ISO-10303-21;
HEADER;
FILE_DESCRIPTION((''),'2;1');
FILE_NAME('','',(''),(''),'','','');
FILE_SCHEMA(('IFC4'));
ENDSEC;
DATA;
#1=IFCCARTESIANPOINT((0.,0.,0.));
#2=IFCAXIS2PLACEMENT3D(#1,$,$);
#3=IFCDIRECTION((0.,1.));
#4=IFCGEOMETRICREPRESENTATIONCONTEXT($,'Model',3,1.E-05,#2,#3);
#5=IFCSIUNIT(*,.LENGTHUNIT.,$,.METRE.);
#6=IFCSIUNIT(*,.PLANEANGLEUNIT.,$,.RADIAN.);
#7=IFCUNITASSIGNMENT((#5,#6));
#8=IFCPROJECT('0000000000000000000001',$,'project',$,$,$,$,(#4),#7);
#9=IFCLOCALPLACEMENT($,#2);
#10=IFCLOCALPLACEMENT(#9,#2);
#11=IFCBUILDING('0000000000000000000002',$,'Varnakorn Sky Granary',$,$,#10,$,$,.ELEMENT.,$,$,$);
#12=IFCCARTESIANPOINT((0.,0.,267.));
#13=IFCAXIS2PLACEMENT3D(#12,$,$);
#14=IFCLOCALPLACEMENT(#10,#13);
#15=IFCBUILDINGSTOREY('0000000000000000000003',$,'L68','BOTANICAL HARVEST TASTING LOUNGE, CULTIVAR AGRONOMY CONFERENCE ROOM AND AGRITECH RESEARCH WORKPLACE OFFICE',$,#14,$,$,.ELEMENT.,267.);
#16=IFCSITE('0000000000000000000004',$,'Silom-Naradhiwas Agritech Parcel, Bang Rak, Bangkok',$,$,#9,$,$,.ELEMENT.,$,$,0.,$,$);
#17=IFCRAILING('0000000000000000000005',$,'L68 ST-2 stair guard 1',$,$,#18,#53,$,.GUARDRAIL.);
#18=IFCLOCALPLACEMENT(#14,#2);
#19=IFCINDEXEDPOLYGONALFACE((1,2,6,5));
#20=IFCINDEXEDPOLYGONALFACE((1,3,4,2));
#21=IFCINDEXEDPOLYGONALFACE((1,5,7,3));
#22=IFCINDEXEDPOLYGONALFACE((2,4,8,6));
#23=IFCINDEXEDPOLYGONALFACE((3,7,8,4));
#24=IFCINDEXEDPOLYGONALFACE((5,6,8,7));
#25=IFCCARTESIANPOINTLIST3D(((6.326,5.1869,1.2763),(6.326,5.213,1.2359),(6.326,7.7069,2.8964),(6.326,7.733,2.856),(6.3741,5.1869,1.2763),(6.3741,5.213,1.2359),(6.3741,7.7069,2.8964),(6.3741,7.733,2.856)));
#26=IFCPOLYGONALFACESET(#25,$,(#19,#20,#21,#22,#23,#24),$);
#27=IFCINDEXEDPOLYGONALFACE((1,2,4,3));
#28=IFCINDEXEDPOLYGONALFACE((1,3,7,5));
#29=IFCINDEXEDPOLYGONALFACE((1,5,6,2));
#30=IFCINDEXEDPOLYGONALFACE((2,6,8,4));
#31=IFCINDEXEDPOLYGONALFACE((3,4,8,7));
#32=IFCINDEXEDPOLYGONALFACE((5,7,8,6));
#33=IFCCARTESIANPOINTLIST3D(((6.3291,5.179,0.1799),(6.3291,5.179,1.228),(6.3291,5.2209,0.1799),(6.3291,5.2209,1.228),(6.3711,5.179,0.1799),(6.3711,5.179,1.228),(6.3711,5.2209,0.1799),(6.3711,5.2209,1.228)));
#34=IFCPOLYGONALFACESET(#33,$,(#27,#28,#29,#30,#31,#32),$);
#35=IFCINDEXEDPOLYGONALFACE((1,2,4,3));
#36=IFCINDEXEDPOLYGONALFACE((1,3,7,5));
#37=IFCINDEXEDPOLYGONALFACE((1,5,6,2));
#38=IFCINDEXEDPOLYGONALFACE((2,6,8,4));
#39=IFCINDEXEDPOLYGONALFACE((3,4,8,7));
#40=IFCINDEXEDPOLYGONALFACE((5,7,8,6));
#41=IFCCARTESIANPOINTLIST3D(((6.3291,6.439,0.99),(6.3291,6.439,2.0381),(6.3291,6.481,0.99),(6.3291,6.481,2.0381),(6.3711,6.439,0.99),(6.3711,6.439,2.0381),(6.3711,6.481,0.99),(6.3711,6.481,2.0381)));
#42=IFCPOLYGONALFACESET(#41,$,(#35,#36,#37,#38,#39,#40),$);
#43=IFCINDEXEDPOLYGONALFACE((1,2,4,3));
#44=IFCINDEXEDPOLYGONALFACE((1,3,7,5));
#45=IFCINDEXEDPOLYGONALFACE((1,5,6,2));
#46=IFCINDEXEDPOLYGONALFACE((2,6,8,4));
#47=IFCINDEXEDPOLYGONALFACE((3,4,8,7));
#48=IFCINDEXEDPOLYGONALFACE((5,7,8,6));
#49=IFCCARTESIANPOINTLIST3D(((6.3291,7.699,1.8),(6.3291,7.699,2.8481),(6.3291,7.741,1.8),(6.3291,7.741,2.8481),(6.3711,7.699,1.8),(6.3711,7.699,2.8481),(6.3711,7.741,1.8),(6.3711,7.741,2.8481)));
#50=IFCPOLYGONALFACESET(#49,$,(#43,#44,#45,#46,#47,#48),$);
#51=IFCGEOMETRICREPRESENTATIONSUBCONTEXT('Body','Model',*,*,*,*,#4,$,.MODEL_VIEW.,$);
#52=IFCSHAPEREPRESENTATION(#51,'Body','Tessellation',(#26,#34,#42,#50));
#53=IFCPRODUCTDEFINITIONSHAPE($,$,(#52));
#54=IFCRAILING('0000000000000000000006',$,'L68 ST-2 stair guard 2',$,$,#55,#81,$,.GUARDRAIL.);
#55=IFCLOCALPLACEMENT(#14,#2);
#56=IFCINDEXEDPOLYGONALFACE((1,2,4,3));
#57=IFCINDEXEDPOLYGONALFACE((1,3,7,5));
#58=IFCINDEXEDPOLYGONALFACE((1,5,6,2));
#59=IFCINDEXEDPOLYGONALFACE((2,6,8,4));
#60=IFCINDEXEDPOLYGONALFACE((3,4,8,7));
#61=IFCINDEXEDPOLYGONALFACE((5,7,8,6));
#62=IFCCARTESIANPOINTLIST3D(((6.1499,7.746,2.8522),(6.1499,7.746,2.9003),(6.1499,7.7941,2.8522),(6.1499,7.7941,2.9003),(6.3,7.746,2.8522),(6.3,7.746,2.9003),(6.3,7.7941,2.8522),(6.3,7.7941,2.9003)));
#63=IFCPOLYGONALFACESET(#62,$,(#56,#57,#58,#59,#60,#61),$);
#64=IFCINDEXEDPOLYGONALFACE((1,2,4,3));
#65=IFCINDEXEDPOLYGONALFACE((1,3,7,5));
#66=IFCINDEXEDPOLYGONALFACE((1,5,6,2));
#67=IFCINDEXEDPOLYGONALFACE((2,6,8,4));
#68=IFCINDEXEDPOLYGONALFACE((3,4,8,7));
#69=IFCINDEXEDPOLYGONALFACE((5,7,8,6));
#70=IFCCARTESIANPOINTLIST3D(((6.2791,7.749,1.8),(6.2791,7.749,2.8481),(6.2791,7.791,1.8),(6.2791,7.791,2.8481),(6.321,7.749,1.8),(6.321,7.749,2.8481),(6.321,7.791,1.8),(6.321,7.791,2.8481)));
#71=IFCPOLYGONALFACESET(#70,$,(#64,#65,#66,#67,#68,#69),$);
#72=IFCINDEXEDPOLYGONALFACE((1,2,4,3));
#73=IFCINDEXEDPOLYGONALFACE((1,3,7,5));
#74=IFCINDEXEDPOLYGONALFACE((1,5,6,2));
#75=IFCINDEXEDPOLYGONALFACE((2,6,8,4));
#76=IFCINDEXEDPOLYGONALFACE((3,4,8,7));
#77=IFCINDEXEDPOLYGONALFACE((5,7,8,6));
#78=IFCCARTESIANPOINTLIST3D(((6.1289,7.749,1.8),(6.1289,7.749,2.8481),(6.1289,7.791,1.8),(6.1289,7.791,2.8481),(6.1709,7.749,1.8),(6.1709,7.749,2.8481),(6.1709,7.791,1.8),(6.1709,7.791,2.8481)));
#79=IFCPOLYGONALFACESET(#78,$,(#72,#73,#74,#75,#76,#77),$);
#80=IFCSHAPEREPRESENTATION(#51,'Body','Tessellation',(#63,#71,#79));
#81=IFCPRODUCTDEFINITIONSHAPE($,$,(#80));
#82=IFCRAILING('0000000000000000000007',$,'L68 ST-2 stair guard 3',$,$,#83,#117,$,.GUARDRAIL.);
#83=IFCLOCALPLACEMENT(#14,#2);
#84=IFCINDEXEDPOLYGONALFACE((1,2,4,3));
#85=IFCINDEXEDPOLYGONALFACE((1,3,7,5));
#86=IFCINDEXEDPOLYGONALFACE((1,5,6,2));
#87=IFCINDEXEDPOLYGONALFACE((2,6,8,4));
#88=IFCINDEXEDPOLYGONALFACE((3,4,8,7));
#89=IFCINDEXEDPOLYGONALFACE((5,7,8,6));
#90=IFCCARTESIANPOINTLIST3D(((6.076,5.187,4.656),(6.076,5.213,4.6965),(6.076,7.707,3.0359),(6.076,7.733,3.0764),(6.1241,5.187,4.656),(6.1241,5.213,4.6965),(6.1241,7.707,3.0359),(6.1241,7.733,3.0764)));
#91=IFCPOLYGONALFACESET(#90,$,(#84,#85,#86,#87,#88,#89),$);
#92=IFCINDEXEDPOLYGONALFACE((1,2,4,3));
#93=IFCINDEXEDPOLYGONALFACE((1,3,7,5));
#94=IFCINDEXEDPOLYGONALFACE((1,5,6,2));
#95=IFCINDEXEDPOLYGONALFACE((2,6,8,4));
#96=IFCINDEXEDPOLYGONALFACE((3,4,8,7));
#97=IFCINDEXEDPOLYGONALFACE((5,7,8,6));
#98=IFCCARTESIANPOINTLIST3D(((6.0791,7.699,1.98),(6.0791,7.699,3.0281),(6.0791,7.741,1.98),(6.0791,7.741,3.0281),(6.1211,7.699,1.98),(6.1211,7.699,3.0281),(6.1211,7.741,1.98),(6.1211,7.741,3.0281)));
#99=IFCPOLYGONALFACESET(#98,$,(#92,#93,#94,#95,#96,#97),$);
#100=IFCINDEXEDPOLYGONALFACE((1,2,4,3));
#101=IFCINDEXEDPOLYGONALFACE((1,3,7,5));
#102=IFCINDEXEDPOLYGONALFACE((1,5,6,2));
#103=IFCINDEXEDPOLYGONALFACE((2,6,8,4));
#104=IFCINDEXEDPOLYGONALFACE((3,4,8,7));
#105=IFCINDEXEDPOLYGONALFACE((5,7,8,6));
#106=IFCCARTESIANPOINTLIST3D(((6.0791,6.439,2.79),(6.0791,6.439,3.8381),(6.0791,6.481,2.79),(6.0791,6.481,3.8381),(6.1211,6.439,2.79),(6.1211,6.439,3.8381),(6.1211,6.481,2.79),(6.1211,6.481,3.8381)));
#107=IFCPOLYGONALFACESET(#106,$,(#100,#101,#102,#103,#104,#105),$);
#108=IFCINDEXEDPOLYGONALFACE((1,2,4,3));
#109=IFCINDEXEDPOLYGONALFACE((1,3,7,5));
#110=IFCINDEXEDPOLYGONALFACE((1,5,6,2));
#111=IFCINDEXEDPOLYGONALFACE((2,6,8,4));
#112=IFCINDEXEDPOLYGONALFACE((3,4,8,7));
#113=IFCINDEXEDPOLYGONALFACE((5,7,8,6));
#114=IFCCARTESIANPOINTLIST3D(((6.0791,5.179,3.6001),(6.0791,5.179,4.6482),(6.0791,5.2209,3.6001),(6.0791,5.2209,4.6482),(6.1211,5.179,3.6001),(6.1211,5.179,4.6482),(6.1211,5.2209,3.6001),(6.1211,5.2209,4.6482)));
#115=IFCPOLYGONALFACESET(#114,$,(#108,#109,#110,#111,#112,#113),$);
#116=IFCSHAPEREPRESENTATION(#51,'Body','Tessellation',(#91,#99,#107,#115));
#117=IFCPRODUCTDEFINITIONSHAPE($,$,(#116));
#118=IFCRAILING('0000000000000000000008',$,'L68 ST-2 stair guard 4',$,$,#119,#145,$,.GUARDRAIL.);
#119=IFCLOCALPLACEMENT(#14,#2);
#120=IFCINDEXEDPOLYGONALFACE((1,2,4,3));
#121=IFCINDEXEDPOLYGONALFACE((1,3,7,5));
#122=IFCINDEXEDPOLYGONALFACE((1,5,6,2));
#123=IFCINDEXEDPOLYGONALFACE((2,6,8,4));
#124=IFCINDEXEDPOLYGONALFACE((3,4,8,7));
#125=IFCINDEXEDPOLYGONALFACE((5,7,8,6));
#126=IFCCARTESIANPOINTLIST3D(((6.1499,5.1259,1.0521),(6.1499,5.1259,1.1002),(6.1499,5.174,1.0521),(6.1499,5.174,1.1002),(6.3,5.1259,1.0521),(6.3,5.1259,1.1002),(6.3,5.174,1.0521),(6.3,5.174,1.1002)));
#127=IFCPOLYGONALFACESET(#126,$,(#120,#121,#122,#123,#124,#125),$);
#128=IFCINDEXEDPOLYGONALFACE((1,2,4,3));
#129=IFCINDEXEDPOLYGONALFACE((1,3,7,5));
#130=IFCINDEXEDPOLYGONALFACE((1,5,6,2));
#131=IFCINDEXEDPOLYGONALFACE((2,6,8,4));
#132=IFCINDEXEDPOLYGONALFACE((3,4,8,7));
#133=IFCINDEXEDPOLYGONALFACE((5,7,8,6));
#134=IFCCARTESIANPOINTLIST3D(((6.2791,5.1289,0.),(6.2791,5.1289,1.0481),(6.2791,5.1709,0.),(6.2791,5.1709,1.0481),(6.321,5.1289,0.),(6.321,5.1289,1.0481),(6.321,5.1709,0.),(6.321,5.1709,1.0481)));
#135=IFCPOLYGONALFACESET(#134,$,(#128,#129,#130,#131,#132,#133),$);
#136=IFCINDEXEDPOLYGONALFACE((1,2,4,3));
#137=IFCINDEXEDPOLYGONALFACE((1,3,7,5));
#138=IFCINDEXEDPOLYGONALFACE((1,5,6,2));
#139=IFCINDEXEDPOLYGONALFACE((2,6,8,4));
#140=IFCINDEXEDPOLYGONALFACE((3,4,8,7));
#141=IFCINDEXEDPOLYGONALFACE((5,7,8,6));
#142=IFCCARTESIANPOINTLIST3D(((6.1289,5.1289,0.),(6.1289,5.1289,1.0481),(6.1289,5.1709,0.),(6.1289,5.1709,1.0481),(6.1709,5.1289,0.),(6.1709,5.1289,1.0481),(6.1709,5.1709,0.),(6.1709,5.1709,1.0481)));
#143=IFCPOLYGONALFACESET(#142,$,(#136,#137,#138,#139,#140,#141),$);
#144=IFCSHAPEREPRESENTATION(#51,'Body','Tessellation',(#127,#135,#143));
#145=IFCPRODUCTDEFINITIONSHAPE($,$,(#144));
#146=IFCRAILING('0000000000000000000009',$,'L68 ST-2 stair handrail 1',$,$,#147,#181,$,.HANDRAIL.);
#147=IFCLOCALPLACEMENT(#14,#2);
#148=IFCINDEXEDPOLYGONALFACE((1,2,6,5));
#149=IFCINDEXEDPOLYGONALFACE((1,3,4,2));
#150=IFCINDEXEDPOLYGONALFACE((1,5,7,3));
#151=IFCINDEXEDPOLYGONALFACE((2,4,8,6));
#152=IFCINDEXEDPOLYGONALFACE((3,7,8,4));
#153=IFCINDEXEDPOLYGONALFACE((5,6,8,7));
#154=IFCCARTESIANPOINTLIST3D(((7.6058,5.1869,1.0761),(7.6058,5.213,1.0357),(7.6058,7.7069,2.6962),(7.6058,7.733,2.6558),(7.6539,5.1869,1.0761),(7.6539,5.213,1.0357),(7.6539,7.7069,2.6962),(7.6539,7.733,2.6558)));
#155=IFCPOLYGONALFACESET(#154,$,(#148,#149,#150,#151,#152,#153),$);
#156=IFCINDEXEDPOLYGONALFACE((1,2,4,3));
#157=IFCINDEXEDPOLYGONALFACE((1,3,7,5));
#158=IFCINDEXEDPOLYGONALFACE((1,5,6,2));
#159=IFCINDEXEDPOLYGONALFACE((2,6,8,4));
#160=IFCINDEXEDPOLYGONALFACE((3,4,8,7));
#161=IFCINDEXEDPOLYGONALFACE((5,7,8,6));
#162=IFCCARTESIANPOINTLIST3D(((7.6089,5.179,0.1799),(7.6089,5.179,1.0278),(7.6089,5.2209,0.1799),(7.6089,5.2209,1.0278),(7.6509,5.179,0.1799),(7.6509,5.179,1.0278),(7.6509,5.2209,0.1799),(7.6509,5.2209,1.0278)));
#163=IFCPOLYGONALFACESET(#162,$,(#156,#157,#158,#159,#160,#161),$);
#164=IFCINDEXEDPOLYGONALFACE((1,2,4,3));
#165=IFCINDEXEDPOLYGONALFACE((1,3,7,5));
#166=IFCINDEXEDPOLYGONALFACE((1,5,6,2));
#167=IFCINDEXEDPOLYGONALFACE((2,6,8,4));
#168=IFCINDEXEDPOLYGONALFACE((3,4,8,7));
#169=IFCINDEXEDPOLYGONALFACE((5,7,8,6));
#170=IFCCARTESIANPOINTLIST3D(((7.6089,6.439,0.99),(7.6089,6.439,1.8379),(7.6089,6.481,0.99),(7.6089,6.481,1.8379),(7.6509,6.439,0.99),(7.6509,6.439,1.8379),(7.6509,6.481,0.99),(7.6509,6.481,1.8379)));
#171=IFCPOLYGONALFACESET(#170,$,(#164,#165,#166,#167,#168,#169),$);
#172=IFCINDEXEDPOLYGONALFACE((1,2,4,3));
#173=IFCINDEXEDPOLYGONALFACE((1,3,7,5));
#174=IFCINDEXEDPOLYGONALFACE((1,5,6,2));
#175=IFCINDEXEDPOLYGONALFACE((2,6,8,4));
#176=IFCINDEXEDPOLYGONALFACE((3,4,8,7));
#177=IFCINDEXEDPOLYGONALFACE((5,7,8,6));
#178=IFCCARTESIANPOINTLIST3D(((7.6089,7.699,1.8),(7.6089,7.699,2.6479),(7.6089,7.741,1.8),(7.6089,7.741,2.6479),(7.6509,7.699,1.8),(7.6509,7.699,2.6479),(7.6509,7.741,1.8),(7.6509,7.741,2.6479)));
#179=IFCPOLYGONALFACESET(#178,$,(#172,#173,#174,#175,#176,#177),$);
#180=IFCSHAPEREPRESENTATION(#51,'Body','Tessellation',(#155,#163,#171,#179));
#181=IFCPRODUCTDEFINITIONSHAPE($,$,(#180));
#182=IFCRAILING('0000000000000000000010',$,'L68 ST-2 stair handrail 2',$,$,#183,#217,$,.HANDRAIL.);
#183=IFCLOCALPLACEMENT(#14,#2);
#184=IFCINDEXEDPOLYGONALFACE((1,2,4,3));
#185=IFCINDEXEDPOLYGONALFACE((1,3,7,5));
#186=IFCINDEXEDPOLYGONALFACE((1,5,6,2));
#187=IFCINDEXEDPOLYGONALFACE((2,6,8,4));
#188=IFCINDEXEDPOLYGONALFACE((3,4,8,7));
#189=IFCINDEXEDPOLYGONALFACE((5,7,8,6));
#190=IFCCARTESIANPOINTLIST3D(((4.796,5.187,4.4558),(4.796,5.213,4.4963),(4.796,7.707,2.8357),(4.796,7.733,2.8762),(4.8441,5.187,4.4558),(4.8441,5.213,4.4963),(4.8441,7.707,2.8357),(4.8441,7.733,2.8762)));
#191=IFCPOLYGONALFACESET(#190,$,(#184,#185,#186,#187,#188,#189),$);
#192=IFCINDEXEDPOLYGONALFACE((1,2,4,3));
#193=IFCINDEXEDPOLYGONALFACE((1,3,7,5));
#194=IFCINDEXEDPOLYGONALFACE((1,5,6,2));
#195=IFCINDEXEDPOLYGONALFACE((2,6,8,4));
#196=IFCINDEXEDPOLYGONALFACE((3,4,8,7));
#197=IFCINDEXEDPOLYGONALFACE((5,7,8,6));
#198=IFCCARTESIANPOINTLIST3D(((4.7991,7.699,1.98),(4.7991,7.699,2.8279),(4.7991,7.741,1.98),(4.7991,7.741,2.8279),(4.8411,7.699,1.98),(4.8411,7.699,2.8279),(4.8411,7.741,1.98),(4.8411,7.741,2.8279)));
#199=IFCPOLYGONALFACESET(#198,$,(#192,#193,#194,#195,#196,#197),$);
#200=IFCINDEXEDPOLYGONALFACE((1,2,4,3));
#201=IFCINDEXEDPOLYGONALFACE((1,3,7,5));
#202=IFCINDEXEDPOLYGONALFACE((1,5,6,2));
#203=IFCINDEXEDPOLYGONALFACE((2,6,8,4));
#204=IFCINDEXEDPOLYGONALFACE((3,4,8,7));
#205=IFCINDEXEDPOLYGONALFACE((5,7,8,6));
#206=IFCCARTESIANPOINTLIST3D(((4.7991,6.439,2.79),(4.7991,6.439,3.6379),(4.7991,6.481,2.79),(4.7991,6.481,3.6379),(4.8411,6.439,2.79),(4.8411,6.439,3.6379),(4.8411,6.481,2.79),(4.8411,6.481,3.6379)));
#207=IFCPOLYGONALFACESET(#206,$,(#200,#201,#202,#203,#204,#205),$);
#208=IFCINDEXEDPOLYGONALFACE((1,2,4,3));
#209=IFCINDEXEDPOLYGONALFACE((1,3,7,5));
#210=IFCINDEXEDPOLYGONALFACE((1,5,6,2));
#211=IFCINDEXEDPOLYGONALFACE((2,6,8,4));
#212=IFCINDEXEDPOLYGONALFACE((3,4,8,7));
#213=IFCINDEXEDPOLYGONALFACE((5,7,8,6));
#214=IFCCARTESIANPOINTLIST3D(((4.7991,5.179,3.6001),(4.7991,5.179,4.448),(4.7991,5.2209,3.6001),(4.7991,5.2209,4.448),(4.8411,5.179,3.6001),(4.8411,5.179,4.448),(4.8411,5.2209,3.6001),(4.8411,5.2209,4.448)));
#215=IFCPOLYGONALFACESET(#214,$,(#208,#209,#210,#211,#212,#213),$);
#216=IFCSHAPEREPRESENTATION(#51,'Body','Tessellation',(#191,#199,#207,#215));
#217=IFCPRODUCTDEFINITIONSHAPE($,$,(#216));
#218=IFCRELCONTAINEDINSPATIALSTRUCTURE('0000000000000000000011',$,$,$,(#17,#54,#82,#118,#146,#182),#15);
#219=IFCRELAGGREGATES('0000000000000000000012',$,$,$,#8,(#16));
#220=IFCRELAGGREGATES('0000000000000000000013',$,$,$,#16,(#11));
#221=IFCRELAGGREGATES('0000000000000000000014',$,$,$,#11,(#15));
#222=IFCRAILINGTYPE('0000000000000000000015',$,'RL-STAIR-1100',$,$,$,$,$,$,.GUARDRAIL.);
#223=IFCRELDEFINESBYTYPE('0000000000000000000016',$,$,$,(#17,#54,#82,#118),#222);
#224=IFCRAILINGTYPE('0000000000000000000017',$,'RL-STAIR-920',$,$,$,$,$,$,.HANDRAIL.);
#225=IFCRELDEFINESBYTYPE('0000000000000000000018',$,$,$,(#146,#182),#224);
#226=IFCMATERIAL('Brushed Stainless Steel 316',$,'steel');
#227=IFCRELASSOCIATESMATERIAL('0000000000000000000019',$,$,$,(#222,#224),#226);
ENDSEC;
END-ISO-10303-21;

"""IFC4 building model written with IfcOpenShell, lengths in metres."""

from ifc_helpers import new_model, si_unit, direction, frame, origin, origin_2d, place, context, subcontext, project, spatial, rectangle, extrude, material, type_object, element, save


model = new_model("IFC4")

# Units and contexts
model_context = context("Model", 3, precision=1e-05, world=origin(), true_north=direction((0.0, 1.0)))
body_context = subcontext(model_context, "Body", "Model", "MODEL_VIEW")
ifc_project = project(units=[si_unit("LENGTHUNIT", "METRE"), si_unit("PLANEANGLEUNIT", "RADIAN")], contexts=[model_context])

# Site, building, storey
site_placement = place(None, origin())
site = spatial("IfcSite", under=ifc_project, at=site_placement, Name="Silom-Naradhiwas Agritech Parcel, Bang Rak, Bangkok", CompositionType="ELEMENT", RefElevation=0.0)
building_placement = place(site_placement, origin())
building = spatial("IfcBuilding", under=site, at=building_placement, Name="Varnakorn Sky Granary", CompositionType="ELEMENT")
storey_placement = place(building_placement, frame((0.0, 0.0, 267.0)))
storey = spatial("IfcBuildingStorey", under=building, at=storey_placement, Name="L68", Description="BOTANICAL HARVEST TASTING LOUNGE, CULTIVAR AGRONOMY CONFERENCE ROOM AND AGRITECH RESEARCH WORKPLACE OFFICE", CompositionType="ELEMENT", Elevation=267.0)

# Railings
ifc_material_1 = material(Name="Brushed Stainless Steel 316", Category="steel")
railing_type_1 = type_object("IfcRailingType", Name="RL-STAIR-1100", PredefinedType="GUARDRAIL", material=ifc_material_1)
railing_1_placement = place(storey_placement, frame((6.3501, 5.2, 0.1799)))
element("IfcRailing", 1, at=railing_1_placement, inside=storey, type_object=railing_type_1, Name="L68 ST-2 stair guard 1", PredefinedType="GUARDRAIL", context=body_context, shape_type="SweptSolid", body=[
    extrude(rectangle(XDim=0.0481, YDim=0.0481, at=origin_2d()), frame((0.0, 0.0, 1.0762), z_axis=(0.0, 0.841163, 0.540782), x_axis=(-1.0, 0.0, 0.0)), (0.0, 0.0, 1.0), 2.9958),
    extrude(rectangle(XDim=0.042, YDim=0.042, at=origin_2d()), origin(), (0.0, 0.0, 1.0), 1.0481),
    extrude(rectangle(XDim=0.042, YDim=0.042, at=origin_2d()), frame((0.0, 1.26, 0.8101)), (0.0, 0.0, 1.0), 1.0481),
    extrude(rectangle(XDim=0.042, YDim=0.042, at=origin_2d()), frame((0.0, 2.52, 1.6201)), (0.0, 0.0, 1.0), 1.0481),
])
railing_2_placement = place(storey_placement, frame((6.3, 7.77, 1.8)))
element("IfcRailing", 2, at=railing_2_placement, inside=storey, type_object=railing_type_1, Name="L68 ST-2 stair guard 2", PredefinedType="GUARDRAIL", context=body_context, shape_type="SweptSolid", body=[
    extrude(rectangle(XDim=0.0481, YDim=0.0481, at=origin_2d()), frame((0.0, 0.0, 1.0762), z_axis=(-1.0, 0.0, 0.0), x_axis=(0.0, -1.0, 0.0)), (0.0, 0.0, 1.0), 0.1501),
    extrude(rectangle(XDim=0.042, YDim=0.042, at=origin_2d()), origin(), (0.0, 0.0, 1.0), 1.0481),
    extrude(rectangle(XDim=0.042, YDim=0.042, at=origin_2d()), frame((-0.1501, 0.0, 0.0)), (0.0, 0.0, 1.0), 1.0481),
])
railing_3_placement = place(storey_placement, frame((6.1001, 7.72, 1.98)))
element("IfcRailing", 3, at=railing_3_placement, inside=storey, type_object=railing_type_1, Name="L68 ST-2 stair guard 3", PredefinedType="GUARDRAIL", context=body_context, shape_type="SweptSolid", body=[
    extrude(rectangle(XDim=0.0481, YDim=0.0481, at=origin_2d()), frame((0.0, 0.0, 1.0762), z_axis=(0.0, -0.841163, 0.540782), x_axis=(1.0, 0.0, 0.0)), (0.0, 0.0, 1.0), 2.9958),
    extrude(rectangle(XDim=0.042, YDim=0.042, at=origin_2d()), origin(), (0.0, 0.0, 1.0), 1.0481),
    extrude(rectangle(XDim=0.042, YDim=0.042, at=origin_2d()), frame((0.0, -1.26, 0.8101)), (0.0, 0.0, 1.0), 1.0481),
    extrude(rectangle(XDim=0.042, YDim=0.042, at=origin_2d()), frame((0.0, -2.52, 1.6201)), (0.0, 0.0, 1.0), 1.0481),
])
railing_4_placement = place(storey_placement, frame((6.3, 5.1499, 0.0)))
element("IfcRailing", 4, at=railing_4_placement, inside=storey, type_object=railing_type_1, Name="L68 ST-2 stair guard 4", PredefinedType="GUARDRAIL", context=body_context, shape_type="SweptSolid", body=[
    extrude(rectangle(XDim=0.0481, YDim=0.0481, at=origin_2d()), frame((0.0, 0.0, 1.0762), z_axis=(-1.0, 0.0, 0.0), x_axis=(0.0, -1.0, 0.0)), (0.0, 0.0, 1.0), 0.1501),
    extrude(rectangle(XDim=0.042, YDim=0.042, at=origin_2d()), origin(), (0.0, 0.0, 1.0), 1.0481),
    extrude(rectangle(XDim=0.042, YDim=0.042, at=origin_2d()), frame((-0.1501, 0.0, 0.0)), (0.0, 0.0, 1.0), 1.0481),
])
railing_type_2 = type_object("IfcRailingType", Name="RL-STAIR-920", PredefinedType="HANDRAIL", material=ifc_material_1)
railing_5_placement = place(storey_placement, frame((7.6299, 5.2, 0.1799)))
element("IfcRailing", 5, at=railing_5_placement, inside=storey, type_object=railing_type_2, Name="L68 ST-2 stair handrail 1", PredefinedType="HANDRAIL", context=body_context, shape_type="SweptSolid", body=[
    extrude(rectangle(XDim=0.0481, YDim=0.0481, at=origin_2d()), frame((0.0, 0.0, 0.876), z_axis=(0.0, 0.841163, 0.540782), x_axis=(-1.0, 0.0, 0.0)), (0.0, 0.0, 1.0), 2.9958),
    extrude(rectangle(XDim=0.042, YDim=0.042, at=origin_2d()), origin(), (0.0, 0.0, 1.0), 0.8479),
    extrude(rectangle(XDim=0.042, YDim=0.042, at=origin_2d()), frame((0.0, 1.26, 0.8101)), (0.0, 0.0, 1.0), 0.8479),
    extrude(rectangle(XDim=0.042, YDim=0.042, at=origin_2d()), frame((0.0, 2.52, 1.6201)), (0.0, 0.0, 1.0), 0.8479),
])
railing_6_placement = place(storey_placement, frame((4.8201, 7.72, 1.98)))
element("IfcRailing", 6, at=railing_6_placement, inside=storey, type_object=railing_type_2, Name="L68 ST-2 stair handrail 2", PredefinedType="HANDRAIL", context=body_context, shape_type="SweptSolid", body=[
    extrude(rectangle(XDim=0.0481, YDim=0.0481, at=origin_2d()), frame((0.0, 0.0, 0.876), z_axis=(0.0, -0.841163, 0.540782), x_axis=(1.0, 0.0, 0.0)), (0.0, 0.0, 1.0), 2.9958),
    extrude(rectangle(XDim=0.042, YDim=0.042, at=origin_2d()), origin(), (0.0, 0.0, 1.0), 0.8479),
    extrude(rectangle(XDim=0.042, YDim=0.042, at=origin_2d()), frame((0.0, -1.26, 0.8101)), (0.0, 0.0, 1.0), 0.8479),
    extrude(rectangle(XDim=0.042, YDim=0.042, at=origin_2d()), frame((0.0, -2.52, 1.6201)), (0.0, 0.0, 1.0), 0.8479),
])

save(model, "model.ifc")
